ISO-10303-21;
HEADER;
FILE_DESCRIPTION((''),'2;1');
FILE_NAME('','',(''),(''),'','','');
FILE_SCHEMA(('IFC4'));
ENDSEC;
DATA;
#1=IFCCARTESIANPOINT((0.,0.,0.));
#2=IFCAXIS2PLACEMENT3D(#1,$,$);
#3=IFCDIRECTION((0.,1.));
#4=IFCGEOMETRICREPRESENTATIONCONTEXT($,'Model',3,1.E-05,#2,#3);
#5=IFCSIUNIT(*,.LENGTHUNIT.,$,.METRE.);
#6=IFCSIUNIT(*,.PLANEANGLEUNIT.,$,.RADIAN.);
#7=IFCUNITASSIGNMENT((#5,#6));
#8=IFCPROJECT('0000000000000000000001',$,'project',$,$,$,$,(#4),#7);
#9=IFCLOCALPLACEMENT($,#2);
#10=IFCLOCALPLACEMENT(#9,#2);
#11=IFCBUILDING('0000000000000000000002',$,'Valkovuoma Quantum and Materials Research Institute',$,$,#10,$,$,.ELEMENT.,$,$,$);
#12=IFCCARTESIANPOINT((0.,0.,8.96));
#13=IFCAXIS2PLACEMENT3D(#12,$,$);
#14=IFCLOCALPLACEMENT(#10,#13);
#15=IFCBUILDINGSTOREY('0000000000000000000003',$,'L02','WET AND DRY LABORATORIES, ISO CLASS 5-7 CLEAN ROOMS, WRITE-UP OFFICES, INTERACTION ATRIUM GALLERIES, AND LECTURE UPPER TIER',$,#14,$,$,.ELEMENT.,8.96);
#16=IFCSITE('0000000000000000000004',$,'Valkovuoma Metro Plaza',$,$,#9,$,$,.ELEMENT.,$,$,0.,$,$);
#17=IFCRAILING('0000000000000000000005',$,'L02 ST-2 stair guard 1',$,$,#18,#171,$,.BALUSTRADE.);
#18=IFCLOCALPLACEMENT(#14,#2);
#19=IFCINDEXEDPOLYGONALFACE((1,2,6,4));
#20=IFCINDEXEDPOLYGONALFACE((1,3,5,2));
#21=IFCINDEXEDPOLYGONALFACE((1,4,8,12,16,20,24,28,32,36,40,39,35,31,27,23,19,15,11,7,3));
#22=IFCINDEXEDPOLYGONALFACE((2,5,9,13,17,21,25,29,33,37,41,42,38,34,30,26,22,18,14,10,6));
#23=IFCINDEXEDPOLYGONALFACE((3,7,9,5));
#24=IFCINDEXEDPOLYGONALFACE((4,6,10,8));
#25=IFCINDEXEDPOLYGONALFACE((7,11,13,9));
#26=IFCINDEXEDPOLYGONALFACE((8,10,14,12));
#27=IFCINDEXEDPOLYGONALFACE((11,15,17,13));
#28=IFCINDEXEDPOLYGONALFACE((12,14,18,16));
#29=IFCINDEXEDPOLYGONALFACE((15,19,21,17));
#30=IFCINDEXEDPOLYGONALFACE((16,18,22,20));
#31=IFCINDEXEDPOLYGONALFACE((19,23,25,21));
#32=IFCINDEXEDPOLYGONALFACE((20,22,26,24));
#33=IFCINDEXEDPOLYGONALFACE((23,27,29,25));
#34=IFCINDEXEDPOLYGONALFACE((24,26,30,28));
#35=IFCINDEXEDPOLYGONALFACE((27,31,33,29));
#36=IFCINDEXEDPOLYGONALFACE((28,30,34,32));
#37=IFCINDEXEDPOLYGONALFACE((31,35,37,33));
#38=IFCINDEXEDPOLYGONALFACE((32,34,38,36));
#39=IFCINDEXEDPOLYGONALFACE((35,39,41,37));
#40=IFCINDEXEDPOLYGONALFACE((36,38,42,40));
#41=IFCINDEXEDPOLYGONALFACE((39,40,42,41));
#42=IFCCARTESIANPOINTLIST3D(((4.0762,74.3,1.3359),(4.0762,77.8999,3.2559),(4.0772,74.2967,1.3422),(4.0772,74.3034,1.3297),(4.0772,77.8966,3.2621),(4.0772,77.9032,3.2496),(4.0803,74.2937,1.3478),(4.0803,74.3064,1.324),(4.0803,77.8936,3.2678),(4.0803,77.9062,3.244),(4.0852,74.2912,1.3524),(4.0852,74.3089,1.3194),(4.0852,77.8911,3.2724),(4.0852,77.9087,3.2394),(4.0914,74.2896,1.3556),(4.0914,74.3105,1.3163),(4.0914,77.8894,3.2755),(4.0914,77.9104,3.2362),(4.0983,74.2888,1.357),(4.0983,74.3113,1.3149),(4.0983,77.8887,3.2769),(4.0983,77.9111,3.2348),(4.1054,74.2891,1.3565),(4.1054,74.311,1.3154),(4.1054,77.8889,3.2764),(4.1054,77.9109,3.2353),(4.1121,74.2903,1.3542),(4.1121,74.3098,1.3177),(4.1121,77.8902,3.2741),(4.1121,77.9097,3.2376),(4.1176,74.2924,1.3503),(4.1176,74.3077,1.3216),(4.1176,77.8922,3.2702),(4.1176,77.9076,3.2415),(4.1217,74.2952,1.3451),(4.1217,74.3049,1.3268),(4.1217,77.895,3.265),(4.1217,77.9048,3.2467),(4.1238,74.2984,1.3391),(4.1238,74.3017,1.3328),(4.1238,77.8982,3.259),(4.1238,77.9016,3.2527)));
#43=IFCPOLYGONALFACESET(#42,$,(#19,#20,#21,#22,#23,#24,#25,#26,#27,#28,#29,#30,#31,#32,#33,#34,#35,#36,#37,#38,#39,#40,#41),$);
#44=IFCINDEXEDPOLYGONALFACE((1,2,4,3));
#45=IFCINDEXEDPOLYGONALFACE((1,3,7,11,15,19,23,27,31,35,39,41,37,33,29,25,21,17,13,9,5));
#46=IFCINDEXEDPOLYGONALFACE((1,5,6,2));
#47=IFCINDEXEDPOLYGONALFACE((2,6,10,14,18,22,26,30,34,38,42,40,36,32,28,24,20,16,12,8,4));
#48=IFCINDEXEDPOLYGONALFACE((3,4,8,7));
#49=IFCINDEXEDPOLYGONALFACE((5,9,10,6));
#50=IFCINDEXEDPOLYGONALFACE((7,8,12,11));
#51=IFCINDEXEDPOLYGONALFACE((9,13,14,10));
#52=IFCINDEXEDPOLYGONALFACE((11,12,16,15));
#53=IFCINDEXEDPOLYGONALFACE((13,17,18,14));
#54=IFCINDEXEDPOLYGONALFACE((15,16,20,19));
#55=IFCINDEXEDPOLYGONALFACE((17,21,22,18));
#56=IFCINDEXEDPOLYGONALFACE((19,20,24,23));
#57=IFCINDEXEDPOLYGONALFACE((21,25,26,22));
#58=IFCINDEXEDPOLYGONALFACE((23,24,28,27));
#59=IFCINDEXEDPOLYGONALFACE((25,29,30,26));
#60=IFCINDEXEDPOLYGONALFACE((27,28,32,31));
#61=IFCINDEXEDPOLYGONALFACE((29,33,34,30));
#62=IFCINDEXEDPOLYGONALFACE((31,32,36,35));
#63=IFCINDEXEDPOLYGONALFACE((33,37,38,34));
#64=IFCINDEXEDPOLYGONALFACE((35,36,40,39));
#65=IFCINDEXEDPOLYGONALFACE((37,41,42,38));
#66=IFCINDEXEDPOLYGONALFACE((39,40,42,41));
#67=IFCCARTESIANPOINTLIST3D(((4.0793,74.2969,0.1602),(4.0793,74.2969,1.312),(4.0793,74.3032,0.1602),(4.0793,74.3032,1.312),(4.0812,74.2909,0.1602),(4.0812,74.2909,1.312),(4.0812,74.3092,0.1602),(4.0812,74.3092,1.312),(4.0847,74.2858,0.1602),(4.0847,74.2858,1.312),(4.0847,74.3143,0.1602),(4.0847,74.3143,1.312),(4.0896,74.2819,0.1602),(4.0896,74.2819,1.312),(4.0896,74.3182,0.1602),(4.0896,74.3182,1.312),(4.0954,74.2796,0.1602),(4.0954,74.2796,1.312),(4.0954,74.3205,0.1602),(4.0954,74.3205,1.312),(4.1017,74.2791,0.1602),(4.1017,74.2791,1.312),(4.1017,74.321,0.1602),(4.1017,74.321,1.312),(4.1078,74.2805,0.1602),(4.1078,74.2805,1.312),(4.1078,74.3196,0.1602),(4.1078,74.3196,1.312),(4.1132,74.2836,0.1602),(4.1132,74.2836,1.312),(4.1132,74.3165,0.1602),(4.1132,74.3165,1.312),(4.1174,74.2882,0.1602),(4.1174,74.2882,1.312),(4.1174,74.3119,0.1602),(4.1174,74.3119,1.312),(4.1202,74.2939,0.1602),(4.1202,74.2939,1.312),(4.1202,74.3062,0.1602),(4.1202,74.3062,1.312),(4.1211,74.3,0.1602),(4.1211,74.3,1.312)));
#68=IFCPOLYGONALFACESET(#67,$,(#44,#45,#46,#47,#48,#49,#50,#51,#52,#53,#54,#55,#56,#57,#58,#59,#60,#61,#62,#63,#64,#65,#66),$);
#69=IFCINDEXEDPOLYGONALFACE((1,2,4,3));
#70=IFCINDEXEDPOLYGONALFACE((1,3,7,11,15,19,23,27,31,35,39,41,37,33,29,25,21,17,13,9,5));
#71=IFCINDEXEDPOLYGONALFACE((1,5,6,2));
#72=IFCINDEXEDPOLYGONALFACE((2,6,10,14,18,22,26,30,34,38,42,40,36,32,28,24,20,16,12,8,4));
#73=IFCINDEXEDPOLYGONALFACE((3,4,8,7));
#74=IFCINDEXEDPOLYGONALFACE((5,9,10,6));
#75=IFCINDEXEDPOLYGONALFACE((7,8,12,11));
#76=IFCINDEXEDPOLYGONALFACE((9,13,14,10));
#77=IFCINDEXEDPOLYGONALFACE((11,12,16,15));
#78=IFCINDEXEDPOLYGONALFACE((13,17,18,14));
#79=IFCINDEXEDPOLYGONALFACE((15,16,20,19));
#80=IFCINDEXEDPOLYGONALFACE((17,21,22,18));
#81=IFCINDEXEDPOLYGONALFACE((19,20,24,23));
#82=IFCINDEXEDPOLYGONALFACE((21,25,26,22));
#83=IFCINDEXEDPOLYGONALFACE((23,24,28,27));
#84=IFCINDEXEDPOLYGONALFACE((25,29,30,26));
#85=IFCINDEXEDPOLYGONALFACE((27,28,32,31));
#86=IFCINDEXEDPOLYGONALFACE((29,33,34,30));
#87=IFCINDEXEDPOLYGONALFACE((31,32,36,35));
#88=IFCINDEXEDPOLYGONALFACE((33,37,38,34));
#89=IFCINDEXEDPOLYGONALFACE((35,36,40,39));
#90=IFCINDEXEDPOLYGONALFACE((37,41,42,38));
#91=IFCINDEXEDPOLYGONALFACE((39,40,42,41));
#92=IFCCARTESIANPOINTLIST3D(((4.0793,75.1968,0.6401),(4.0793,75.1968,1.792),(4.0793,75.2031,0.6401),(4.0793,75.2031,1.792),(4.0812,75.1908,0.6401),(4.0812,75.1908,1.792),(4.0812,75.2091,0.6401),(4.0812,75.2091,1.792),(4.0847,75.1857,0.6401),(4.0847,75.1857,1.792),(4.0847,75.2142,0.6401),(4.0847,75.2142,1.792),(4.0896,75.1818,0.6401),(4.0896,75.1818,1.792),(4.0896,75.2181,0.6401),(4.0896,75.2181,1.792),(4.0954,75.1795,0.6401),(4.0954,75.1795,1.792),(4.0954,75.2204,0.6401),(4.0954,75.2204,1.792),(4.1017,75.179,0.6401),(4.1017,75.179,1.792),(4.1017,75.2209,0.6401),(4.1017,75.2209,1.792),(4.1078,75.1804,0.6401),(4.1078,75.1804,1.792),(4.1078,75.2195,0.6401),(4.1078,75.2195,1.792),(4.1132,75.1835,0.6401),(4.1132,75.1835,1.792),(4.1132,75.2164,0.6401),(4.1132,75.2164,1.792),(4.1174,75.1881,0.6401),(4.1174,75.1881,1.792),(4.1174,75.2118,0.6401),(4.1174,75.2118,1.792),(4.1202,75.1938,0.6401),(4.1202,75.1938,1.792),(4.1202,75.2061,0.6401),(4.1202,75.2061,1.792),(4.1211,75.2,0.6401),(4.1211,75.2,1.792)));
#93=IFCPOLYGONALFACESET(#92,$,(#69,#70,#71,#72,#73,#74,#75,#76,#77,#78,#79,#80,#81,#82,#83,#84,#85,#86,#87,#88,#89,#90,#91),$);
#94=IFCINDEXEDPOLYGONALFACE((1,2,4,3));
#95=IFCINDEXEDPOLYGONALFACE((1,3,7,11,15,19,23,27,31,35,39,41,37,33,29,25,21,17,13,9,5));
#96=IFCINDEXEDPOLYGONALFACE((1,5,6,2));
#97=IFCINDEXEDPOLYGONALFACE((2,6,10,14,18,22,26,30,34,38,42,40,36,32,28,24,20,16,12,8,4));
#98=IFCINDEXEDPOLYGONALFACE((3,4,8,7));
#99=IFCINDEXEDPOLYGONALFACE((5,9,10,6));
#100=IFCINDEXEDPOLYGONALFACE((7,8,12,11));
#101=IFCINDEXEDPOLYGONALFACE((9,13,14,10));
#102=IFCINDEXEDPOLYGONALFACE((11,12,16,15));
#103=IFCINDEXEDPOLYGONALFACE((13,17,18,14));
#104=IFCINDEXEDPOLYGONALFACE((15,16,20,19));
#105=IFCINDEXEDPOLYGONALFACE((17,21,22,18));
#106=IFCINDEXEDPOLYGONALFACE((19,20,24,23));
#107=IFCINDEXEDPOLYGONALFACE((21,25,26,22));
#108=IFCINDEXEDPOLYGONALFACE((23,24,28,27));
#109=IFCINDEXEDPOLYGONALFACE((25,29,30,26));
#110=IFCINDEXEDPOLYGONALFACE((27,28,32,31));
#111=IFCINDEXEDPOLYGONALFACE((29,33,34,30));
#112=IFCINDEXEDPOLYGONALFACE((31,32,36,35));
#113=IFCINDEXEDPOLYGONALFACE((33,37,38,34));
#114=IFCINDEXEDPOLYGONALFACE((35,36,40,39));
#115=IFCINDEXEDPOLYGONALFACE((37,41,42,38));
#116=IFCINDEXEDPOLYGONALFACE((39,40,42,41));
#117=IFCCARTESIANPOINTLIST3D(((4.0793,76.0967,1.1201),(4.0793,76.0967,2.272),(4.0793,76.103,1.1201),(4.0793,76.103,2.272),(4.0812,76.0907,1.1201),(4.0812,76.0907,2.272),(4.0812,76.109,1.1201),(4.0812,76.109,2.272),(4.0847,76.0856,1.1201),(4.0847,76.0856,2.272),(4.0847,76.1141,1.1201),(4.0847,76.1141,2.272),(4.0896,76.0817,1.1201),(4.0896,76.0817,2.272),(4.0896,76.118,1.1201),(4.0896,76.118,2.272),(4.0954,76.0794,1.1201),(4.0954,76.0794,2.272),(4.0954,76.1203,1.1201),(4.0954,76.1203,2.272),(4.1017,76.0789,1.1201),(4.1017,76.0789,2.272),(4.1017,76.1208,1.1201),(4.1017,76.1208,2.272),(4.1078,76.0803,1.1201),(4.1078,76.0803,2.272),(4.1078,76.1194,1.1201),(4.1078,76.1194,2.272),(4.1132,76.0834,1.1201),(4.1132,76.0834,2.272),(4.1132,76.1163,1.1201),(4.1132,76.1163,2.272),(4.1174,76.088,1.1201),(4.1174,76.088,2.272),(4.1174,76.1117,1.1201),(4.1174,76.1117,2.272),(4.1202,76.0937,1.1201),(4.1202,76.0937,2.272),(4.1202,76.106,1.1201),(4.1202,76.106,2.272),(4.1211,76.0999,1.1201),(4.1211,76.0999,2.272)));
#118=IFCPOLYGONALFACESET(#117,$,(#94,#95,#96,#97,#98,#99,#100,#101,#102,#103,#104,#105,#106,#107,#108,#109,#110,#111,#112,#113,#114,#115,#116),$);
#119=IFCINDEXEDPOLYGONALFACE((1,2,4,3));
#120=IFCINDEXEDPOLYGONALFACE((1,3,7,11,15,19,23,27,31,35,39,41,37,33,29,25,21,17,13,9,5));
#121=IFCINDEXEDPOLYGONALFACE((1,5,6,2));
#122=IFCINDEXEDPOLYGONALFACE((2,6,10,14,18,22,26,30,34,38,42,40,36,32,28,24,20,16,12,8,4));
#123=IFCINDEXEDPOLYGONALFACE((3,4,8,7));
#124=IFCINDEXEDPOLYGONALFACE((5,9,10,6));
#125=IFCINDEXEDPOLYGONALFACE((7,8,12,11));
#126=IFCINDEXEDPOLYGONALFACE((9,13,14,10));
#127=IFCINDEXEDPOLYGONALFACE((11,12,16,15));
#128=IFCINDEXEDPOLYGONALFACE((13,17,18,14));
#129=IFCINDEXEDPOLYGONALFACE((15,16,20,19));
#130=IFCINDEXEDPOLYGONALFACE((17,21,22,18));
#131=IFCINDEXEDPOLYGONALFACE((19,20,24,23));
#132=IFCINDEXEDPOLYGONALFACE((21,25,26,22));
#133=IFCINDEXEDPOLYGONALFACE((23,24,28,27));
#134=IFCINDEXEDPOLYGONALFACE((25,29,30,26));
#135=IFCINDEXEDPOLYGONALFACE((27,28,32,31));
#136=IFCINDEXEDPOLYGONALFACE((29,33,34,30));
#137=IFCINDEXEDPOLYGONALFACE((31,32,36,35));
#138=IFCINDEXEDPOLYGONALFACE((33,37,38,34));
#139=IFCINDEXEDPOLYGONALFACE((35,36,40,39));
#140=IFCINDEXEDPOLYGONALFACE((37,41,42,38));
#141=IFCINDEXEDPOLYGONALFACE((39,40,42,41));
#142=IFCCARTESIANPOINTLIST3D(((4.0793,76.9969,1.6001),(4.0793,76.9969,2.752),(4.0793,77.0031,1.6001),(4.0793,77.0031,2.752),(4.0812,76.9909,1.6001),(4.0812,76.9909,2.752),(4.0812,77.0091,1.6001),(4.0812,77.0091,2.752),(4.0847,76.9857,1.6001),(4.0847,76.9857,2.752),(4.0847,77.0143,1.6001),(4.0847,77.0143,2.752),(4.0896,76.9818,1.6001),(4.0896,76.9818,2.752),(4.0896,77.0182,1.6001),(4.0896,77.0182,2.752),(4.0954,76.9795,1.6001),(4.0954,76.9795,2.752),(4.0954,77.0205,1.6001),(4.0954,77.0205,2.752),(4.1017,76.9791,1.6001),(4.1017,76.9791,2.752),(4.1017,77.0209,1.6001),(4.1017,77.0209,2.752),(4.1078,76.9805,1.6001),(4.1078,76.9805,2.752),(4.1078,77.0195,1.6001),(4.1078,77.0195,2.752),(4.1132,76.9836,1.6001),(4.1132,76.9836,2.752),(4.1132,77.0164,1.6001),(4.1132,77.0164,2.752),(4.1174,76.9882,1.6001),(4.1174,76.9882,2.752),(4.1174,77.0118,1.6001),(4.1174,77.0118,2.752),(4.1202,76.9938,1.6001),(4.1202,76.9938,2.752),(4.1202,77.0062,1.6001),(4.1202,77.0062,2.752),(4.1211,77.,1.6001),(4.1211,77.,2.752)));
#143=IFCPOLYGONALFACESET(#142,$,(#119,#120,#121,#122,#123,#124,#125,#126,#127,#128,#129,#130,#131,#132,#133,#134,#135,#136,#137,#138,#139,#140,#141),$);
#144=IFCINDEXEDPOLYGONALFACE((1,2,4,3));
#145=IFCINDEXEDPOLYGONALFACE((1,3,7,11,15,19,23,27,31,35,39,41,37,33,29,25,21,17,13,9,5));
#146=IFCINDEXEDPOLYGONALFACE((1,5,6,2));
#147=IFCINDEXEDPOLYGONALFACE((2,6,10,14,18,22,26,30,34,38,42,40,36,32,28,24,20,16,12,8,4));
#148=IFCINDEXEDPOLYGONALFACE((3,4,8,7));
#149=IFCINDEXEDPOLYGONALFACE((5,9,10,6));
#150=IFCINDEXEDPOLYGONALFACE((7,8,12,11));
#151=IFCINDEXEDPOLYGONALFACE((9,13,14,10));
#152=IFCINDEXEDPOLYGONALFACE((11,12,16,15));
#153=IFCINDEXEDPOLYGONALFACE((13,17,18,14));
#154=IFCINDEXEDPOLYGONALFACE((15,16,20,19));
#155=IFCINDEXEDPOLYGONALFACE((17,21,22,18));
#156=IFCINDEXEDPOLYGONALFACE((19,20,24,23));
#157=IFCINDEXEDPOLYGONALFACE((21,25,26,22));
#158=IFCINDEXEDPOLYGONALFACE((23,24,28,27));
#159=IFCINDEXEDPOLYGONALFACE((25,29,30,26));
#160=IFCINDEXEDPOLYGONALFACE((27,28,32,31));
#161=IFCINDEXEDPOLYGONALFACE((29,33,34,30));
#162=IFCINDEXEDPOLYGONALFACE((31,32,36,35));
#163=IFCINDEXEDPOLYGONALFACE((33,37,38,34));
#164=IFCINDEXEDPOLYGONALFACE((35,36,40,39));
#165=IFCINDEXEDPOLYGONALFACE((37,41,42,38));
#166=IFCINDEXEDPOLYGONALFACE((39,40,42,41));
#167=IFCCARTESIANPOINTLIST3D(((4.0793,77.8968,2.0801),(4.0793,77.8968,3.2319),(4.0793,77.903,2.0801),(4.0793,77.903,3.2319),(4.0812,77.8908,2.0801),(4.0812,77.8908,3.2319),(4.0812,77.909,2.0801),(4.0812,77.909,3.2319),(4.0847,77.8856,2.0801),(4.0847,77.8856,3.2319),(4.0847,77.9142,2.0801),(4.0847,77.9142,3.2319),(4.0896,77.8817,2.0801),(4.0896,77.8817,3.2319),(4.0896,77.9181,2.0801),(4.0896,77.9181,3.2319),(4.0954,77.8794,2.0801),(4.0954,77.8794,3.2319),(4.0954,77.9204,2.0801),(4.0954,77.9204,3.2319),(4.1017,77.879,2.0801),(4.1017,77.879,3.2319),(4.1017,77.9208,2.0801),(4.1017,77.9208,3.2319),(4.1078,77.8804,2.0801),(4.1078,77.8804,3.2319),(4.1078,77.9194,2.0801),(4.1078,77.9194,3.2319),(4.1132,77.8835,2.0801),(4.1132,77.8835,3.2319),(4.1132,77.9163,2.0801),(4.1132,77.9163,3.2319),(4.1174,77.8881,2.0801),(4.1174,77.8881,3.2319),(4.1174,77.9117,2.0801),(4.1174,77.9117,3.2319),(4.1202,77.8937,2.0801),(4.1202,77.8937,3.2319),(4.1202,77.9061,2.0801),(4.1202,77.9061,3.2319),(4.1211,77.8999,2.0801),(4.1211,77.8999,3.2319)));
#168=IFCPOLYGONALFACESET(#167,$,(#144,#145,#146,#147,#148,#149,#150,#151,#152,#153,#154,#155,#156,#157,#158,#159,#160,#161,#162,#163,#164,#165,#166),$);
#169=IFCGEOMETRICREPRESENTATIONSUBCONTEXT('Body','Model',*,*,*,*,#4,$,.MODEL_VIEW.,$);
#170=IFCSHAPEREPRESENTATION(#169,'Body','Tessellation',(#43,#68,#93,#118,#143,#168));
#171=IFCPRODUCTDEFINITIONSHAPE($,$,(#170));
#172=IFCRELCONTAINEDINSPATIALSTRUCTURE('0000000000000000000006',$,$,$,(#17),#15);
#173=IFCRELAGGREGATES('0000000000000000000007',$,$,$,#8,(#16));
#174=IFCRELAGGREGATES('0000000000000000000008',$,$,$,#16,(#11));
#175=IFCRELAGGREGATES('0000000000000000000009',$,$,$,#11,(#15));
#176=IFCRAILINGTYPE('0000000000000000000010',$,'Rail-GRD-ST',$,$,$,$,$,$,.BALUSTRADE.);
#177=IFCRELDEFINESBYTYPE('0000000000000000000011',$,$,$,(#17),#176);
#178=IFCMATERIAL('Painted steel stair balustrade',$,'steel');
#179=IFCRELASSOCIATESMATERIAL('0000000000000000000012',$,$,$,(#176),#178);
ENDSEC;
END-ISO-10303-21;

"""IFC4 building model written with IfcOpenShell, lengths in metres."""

from ifc_helpers import new_model, si_unit, direction, frame, origin, origin_2d, place, context, subcontext, project, spatial, circle, extrude, material, type_object, element, save


model = new_model("IFC4")

# Units and contexts
model_context = context("Model", 3, precision=1e-05, world=origin(), true_north=direction((0.0, 1.0)))
body_context = subcontext(model_context, "Body", "Model", "MODEL_VIEW")
ifc_project = project(units=[si_unit("LENGTHUNIT", "METRE"), si_unit("PLANEANGLEUNIT", "RADIAN")], contexts=[model_context])

# Site, building, storey
site_placement = place(None, origin())
site = spatial("IfcSite", under=ifc_project, at=site_placement, Name="Valkovuoma Metro Plaza", CompositionType="ELEMENT", RefElevation=0.0)
building_placement = place(site_placement, origin())
building = spatial("IfcBuilding", under=site, at=building_placement, Name="Valkovuoma Quantum and Materials Research Institute", CompositionType="ELEMENT")
storey_placement = place(building_placement, frame((0.0, 0.0, 8.96)))
storey = spatial("IfcBuildingStorey", under=building, at=storey_placement, Name="L02", Description="WET AND DRY LABORATORIES, ISO CLASS 5-7 CLEAN ROOMS, WRITE-UP OFFICES, INTERACTION ATRIUM GALLERIES, AND LECTURE UPPER TIER", CompositionType="ELEMENT", Elevation=8.96)

# Railing
ifc_material_1 = material(Name="Painted steel stair balustrade", Category="steel")
railing_type_1 = type_object("IfcRailingType", Name="Rail-GRD-ST", PredefinedType="BALUSTRADE", material=ifc_material_1)
railing_1_placement = place(storey_placement, frame((4.1001, 74.3, 0.1602)))
element("IfcRailing", 1, at=railing_1_placement, inside=storey, type_object=railing_type_1, Name="L02 ST-2 stair guard 1", PredefinedType="BALUSTRADE", context=body_context, shape_type="SweptSolid", body=[
    extrude(circle(Radius=0.0239, at=origin_2d()), frame((0.0, 0.0, 1.1758), z_axis=(0.0, 0.882353, 0.470588), x_axis=(-1.0, 0.0, 0.0)), (0.0, 0.0, 1.0), 4.0798),
    extrude(circle(Radius=0.021, at=origin_2d()), origin(), (0.0, 0.0, 1.0), 1.1519),
    extrude(circle(Radius=0.021, at=origin_2d()), frame((0.0, 0.8999, 0.48)), (0.0, 0.0, 1.0), 1.1519),
    extrude(circle(Radius=0.021, at=origin_2d()), frame((0.0, 1.7998, 0.96)), (0.0, 0.0, 1.0), 1.1519),
    extrude(circle(Radius=0.021, at=origin_2d()), frame((0.0, 2.7, 1.4399)), (0.0, 0.0, 1.0), 1.1519),
    extrude(circle(Radius=0.021, at=origin_2d()), frame((0.0, 3.5999, 1.9199)), (0.0, 0.0, 1.0), 1.1519),
])

save(model, "model.ifc")
